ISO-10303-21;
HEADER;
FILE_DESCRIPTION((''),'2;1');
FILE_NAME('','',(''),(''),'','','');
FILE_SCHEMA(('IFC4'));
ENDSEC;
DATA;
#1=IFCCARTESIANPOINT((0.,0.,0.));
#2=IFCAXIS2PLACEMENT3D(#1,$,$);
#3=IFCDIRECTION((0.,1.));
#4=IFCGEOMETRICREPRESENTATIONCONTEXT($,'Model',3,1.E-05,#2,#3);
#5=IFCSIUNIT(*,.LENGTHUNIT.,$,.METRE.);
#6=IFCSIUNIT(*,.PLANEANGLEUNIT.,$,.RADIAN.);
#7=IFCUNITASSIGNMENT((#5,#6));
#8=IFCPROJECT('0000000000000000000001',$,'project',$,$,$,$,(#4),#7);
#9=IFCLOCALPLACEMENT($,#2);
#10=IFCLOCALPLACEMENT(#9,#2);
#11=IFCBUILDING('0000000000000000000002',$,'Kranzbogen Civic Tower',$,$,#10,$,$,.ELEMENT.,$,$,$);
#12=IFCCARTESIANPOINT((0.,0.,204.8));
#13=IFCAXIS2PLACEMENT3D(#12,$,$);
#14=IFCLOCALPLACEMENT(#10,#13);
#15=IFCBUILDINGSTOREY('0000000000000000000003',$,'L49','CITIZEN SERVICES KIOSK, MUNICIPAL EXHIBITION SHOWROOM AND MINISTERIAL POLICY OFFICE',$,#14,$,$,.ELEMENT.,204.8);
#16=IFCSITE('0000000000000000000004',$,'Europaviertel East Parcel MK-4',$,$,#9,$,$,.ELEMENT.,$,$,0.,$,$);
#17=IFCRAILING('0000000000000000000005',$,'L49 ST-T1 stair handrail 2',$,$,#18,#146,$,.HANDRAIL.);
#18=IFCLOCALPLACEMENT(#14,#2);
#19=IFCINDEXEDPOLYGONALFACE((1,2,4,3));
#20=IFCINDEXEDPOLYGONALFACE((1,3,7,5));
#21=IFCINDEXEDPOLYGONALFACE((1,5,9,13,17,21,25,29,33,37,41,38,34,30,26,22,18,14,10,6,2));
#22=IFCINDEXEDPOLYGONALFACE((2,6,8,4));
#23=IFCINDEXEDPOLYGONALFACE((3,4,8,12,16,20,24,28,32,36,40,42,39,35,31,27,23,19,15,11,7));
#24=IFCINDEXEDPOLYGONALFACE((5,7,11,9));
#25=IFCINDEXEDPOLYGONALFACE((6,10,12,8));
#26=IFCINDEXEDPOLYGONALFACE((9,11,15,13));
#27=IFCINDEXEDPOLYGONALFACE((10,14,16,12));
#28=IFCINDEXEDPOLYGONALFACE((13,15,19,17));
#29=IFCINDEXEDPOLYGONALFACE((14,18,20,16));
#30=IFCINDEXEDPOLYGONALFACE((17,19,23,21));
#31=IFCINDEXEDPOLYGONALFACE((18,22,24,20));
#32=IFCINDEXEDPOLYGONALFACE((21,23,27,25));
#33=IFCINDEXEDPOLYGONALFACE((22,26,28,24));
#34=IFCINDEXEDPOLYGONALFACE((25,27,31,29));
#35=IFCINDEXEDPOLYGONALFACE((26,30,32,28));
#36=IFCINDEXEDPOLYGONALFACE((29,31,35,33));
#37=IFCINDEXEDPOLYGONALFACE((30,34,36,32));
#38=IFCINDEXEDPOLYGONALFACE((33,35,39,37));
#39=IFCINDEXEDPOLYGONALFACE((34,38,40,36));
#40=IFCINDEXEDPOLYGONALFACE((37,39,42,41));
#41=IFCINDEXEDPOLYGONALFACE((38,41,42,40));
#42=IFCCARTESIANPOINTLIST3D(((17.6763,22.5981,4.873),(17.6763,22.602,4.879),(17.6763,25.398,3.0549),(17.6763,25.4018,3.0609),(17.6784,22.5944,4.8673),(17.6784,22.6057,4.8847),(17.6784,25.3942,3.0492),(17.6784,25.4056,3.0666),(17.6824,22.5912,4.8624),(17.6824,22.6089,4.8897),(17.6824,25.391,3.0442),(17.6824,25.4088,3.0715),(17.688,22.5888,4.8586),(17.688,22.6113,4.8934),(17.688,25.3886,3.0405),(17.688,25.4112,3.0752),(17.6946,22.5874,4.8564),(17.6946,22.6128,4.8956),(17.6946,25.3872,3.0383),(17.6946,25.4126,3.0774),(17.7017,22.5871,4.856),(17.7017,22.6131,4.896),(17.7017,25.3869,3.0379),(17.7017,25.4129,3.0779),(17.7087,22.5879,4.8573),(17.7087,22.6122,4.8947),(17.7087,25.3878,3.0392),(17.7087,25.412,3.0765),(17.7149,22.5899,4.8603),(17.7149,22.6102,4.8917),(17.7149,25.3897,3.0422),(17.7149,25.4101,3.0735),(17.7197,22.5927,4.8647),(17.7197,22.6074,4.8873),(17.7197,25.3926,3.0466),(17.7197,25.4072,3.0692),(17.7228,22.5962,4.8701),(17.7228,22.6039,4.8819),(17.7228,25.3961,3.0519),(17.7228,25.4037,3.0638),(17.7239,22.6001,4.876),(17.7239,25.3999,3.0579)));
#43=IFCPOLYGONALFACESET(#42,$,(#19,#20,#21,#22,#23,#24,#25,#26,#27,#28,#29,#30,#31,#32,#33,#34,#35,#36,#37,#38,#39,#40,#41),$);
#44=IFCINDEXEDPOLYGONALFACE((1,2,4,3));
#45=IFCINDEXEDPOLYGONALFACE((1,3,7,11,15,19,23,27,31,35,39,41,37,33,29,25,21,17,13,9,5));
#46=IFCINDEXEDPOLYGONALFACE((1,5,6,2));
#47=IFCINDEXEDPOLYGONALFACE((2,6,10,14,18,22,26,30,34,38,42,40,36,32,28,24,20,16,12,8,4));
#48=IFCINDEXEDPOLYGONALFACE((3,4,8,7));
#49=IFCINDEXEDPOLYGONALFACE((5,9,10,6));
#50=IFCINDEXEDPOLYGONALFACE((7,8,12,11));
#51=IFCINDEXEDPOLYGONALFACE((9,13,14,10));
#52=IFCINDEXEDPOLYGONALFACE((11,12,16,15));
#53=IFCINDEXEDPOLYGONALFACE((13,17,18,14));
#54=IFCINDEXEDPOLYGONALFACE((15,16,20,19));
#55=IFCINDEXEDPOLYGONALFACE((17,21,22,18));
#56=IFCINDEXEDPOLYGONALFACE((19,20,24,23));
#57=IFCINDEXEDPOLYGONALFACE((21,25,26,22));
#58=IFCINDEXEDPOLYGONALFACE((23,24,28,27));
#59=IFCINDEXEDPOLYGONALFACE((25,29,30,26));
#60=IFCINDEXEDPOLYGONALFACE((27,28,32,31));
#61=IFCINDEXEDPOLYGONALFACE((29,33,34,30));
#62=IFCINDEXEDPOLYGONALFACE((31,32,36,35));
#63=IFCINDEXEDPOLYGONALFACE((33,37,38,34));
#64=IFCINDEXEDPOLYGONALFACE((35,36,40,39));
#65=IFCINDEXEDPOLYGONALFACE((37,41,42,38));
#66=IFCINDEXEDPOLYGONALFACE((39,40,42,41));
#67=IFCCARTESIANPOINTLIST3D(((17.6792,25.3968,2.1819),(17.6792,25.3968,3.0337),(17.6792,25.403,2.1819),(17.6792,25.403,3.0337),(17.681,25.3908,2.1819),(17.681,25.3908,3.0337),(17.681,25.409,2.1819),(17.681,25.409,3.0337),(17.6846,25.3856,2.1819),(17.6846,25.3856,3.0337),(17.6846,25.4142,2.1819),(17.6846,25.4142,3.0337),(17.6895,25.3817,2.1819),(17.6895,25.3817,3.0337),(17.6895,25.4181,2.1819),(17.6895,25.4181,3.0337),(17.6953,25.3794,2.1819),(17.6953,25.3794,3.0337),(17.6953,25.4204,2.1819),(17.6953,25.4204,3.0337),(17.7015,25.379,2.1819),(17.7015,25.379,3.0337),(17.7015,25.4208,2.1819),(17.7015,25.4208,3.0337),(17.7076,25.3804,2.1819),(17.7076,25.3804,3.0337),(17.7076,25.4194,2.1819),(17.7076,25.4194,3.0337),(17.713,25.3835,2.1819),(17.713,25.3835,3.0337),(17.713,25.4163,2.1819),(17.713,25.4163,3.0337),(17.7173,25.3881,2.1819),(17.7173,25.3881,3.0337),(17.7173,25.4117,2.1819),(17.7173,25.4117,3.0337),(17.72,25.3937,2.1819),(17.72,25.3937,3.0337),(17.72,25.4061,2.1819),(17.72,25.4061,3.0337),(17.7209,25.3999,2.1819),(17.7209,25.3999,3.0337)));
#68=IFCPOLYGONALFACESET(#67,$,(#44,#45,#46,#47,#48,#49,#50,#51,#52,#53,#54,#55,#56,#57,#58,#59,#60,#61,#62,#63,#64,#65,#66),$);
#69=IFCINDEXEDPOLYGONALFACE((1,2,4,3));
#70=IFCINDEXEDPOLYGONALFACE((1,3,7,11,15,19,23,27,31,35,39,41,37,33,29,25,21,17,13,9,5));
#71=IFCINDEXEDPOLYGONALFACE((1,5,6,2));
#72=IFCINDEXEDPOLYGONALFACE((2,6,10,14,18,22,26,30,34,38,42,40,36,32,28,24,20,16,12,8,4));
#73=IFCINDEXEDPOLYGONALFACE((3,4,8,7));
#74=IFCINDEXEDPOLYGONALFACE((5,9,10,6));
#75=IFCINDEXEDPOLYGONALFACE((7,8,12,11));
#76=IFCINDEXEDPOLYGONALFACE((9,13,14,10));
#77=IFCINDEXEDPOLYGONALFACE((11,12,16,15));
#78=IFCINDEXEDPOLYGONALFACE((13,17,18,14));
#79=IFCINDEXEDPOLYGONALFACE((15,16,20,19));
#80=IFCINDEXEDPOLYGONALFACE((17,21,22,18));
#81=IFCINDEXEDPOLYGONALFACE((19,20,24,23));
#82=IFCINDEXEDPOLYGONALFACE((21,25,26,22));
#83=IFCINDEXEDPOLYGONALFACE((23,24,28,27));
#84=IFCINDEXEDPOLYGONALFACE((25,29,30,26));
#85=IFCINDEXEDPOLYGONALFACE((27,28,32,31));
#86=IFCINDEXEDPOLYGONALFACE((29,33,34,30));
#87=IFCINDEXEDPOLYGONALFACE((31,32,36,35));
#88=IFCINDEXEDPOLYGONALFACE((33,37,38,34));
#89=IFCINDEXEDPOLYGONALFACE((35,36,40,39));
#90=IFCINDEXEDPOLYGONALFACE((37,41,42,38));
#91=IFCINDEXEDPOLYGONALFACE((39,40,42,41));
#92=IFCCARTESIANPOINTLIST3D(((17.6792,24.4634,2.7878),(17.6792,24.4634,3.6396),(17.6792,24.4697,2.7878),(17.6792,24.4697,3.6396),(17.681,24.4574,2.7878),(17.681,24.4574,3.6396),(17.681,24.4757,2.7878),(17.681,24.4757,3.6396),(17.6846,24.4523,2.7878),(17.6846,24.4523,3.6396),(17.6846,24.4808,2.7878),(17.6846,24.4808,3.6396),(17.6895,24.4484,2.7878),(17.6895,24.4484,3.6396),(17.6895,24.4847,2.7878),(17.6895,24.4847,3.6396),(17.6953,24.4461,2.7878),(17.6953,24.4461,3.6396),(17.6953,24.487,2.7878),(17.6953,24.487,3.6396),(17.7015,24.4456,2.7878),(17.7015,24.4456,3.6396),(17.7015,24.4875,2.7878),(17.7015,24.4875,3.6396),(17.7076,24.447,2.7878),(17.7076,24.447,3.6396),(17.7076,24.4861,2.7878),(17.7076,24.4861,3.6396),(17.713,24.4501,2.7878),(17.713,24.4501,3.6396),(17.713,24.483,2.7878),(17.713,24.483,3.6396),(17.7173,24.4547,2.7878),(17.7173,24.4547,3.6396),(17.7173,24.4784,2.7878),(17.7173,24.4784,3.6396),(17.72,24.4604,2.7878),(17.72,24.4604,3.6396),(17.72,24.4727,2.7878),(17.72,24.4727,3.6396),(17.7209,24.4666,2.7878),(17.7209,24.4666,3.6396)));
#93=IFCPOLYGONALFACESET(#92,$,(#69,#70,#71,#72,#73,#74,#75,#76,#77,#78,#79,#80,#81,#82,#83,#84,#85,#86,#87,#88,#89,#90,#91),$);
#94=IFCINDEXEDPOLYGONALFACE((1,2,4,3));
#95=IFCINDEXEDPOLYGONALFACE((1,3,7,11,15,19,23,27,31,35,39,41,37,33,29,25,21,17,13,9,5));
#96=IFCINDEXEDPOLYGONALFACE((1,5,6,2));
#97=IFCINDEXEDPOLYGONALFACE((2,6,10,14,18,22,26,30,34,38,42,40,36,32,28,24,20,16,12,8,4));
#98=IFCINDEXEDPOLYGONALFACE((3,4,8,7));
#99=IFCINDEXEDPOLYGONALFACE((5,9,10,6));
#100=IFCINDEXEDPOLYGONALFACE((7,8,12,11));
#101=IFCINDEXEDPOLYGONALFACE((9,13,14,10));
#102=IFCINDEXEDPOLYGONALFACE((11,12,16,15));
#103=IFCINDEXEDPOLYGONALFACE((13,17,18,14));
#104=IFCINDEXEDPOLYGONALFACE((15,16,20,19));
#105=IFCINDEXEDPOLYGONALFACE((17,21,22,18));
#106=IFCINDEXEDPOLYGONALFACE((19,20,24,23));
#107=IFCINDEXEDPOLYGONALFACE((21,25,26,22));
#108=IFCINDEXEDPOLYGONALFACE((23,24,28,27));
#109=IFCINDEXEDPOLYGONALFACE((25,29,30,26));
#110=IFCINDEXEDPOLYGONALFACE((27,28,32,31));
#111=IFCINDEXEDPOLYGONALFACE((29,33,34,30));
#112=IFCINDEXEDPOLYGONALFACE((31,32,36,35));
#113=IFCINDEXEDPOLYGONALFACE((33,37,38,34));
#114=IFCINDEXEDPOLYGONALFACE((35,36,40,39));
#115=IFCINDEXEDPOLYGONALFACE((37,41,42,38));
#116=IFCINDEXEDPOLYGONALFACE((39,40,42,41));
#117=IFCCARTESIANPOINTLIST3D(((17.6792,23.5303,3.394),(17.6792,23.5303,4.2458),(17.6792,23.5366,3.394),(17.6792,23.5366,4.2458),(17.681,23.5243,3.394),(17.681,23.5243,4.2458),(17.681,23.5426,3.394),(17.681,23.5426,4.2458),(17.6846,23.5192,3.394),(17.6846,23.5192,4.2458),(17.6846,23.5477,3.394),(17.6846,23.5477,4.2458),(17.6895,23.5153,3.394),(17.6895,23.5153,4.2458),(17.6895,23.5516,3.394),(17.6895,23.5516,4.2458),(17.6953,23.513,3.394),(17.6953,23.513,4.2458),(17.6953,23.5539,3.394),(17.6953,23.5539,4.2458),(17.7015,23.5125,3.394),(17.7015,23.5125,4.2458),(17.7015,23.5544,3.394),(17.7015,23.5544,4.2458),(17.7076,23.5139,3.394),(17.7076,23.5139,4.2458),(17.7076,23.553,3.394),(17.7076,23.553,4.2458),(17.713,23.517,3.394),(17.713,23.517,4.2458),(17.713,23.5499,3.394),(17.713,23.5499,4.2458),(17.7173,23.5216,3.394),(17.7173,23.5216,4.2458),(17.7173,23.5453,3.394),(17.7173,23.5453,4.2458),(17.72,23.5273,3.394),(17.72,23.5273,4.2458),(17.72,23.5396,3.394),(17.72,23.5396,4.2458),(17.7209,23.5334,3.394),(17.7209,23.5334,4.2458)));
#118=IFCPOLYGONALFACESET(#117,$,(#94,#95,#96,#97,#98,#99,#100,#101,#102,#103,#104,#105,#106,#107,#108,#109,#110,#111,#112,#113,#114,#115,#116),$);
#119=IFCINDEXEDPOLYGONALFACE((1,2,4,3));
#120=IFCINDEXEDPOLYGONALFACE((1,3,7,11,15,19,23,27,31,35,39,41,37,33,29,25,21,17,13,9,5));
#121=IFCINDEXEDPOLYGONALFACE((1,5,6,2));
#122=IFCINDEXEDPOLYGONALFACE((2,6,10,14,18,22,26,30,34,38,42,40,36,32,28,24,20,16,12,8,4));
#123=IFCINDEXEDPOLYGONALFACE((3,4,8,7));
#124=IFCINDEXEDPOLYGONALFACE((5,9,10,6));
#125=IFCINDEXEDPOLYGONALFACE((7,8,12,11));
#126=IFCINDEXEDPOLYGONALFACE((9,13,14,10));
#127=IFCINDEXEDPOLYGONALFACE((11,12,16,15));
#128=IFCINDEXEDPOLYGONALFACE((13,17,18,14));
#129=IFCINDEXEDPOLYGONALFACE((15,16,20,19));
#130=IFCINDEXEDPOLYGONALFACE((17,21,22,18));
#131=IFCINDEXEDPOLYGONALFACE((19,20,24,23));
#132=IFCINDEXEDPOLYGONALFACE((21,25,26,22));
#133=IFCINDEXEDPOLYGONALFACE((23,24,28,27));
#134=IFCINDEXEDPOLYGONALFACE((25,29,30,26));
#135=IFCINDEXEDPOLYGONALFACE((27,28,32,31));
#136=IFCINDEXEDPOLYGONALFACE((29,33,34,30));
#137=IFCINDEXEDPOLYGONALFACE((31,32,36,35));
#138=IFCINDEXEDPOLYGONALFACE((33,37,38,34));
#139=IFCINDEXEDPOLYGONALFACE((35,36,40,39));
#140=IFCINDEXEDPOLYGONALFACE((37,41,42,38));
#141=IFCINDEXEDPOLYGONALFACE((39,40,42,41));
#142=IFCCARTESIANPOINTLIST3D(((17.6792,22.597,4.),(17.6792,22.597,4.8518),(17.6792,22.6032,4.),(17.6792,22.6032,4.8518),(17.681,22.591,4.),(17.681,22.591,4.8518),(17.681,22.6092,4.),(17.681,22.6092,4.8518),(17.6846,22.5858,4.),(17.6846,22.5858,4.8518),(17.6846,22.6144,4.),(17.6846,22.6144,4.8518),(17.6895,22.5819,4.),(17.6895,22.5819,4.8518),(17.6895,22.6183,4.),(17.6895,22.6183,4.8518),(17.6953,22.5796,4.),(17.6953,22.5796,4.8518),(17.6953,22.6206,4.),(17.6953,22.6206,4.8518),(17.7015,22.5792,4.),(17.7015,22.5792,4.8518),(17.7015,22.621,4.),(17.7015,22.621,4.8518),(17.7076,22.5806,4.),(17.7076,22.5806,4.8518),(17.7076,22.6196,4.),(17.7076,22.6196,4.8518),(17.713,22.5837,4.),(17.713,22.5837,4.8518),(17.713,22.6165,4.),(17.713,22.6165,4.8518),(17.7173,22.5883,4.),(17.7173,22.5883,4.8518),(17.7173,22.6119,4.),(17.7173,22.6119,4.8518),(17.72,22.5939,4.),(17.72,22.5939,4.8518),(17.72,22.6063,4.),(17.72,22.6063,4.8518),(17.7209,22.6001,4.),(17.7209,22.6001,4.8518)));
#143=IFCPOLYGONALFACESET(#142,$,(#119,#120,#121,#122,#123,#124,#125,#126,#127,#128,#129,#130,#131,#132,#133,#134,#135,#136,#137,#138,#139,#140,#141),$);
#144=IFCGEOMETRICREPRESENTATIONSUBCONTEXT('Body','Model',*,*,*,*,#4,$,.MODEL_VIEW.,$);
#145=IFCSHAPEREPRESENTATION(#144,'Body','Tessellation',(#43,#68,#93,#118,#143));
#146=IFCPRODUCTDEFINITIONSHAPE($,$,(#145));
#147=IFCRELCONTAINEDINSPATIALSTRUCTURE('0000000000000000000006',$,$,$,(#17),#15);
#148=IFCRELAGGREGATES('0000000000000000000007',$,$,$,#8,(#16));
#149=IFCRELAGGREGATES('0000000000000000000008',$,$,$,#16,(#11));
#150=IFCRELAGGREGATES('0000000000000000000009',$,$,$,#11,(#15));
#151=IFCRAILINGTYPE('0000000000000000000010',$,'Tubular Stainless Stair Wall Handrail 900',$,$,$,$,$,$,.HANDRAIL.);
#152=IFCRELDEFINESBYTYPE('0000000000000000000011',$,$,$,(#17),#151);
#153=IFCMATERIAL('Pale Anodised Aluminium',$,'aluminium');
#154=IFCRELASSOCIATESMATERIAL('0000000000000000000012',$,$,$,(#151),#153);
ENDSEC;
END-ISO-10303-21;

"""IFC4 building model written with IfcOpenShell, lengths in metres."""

from ifc_helpers import new_model, si_unit, direction, frame, origin, origin_2d, place, context, subcontext, project, spatial, circle, extrude, material, type_object, element, save


model = new_model("IFC4")

# Units and contexts
model_context = context("Model", 3, precision=1e-05, world=origin(), true_north=direction((0.0, 1.0)))
body_context = subcontext(model_context, "Body", "Model", "MODEL_VIEW")
ifc_project = project(units=[si_unit("LENGTHUNIT", "METRE"), si_unit("PLANEANGLEUNIT", "RADIAN")], contexts=[model_context])

# Site, building, storey
site_placement = place(None, origin())
site = spatial("IfcSite", under=ifc_project, at=site_placement, Name="Europaviertel East Parcel MK-4", CompositionType="ELEMENT", RefElevation=0.0)
building_placement = place(site_placement, origin())
building = spatial("IfcBuilding", under=site, at=building_placement, Name="Kranzbogen Civic Tower", CompositionType="ELEMENT")
storey_placement = place(building_placement, frame((0.0, 0.0, 204.8)))
storey = spatial("IfcBuildingStorey", under=building, at=storey_placement, Name="L49", Description="CITIZEN SERVICES KIOSK, MUNICIPAL EXHIBITION SHOWROOM AND MINISTERIAL POLICY OFFICE", CompositionType="ELEMENT", Elevation=204.8)

# Shared definitions
ifc_material_1 = material(Name="Pale Anodised Aluminium", Category="aluminium")

# Railing
railing_type_1 = type_object("IfcRailingType", Name="Tubular Stainless Stair Wall Handrail 900", PredefinedType="HANDRAIL", material=ifc_material_1)
railing_1_placement = place(storey_placement, frame((17.7, 25.3999, 2.1819)))
element("IfcRailing", 1, at=railing_1_placement, inside=storey, type_object=railing_type_1, Name="L49 ST-T1 stair handrail 2", PredefinedType="HANDRAIL", context=body_context, shape_type="SweptSolid", body=[
    extrude(circle(Radius=0.0239, at=origin_2d()), frame((0.0, 0.0, 0.876), z_axis=(0.0, -0.838684, 0.544618), x_axis=(1.0, 0.0, 0.0)), (0.0, 0.0, 1.0), 3.3384),
    extrude(circle(Radius=0.021, at=origin_2d()), origin(), (0.0, 0.0, 1.0), 0.8518),
    extrude(circle(Radius=0.021, at=origin_2d()), frame((0.0, -0.9333, 0.606)), (0.0, 0.0, 1.0), 0.8518),
    extrude(circle(Radius=0.021, at=origin_2d()), frame((0.0, -1.8665, 1.2122)), (0.0, 0.0, 1.0), 0.8518),
    extrude(circle(Radius=0.021, at=origin_2d()), frame((0.0, -2.7998, 1.8181)), (0.0, 0.0, 1.0), 0.8518),
])

save(model, "model.ifc")
